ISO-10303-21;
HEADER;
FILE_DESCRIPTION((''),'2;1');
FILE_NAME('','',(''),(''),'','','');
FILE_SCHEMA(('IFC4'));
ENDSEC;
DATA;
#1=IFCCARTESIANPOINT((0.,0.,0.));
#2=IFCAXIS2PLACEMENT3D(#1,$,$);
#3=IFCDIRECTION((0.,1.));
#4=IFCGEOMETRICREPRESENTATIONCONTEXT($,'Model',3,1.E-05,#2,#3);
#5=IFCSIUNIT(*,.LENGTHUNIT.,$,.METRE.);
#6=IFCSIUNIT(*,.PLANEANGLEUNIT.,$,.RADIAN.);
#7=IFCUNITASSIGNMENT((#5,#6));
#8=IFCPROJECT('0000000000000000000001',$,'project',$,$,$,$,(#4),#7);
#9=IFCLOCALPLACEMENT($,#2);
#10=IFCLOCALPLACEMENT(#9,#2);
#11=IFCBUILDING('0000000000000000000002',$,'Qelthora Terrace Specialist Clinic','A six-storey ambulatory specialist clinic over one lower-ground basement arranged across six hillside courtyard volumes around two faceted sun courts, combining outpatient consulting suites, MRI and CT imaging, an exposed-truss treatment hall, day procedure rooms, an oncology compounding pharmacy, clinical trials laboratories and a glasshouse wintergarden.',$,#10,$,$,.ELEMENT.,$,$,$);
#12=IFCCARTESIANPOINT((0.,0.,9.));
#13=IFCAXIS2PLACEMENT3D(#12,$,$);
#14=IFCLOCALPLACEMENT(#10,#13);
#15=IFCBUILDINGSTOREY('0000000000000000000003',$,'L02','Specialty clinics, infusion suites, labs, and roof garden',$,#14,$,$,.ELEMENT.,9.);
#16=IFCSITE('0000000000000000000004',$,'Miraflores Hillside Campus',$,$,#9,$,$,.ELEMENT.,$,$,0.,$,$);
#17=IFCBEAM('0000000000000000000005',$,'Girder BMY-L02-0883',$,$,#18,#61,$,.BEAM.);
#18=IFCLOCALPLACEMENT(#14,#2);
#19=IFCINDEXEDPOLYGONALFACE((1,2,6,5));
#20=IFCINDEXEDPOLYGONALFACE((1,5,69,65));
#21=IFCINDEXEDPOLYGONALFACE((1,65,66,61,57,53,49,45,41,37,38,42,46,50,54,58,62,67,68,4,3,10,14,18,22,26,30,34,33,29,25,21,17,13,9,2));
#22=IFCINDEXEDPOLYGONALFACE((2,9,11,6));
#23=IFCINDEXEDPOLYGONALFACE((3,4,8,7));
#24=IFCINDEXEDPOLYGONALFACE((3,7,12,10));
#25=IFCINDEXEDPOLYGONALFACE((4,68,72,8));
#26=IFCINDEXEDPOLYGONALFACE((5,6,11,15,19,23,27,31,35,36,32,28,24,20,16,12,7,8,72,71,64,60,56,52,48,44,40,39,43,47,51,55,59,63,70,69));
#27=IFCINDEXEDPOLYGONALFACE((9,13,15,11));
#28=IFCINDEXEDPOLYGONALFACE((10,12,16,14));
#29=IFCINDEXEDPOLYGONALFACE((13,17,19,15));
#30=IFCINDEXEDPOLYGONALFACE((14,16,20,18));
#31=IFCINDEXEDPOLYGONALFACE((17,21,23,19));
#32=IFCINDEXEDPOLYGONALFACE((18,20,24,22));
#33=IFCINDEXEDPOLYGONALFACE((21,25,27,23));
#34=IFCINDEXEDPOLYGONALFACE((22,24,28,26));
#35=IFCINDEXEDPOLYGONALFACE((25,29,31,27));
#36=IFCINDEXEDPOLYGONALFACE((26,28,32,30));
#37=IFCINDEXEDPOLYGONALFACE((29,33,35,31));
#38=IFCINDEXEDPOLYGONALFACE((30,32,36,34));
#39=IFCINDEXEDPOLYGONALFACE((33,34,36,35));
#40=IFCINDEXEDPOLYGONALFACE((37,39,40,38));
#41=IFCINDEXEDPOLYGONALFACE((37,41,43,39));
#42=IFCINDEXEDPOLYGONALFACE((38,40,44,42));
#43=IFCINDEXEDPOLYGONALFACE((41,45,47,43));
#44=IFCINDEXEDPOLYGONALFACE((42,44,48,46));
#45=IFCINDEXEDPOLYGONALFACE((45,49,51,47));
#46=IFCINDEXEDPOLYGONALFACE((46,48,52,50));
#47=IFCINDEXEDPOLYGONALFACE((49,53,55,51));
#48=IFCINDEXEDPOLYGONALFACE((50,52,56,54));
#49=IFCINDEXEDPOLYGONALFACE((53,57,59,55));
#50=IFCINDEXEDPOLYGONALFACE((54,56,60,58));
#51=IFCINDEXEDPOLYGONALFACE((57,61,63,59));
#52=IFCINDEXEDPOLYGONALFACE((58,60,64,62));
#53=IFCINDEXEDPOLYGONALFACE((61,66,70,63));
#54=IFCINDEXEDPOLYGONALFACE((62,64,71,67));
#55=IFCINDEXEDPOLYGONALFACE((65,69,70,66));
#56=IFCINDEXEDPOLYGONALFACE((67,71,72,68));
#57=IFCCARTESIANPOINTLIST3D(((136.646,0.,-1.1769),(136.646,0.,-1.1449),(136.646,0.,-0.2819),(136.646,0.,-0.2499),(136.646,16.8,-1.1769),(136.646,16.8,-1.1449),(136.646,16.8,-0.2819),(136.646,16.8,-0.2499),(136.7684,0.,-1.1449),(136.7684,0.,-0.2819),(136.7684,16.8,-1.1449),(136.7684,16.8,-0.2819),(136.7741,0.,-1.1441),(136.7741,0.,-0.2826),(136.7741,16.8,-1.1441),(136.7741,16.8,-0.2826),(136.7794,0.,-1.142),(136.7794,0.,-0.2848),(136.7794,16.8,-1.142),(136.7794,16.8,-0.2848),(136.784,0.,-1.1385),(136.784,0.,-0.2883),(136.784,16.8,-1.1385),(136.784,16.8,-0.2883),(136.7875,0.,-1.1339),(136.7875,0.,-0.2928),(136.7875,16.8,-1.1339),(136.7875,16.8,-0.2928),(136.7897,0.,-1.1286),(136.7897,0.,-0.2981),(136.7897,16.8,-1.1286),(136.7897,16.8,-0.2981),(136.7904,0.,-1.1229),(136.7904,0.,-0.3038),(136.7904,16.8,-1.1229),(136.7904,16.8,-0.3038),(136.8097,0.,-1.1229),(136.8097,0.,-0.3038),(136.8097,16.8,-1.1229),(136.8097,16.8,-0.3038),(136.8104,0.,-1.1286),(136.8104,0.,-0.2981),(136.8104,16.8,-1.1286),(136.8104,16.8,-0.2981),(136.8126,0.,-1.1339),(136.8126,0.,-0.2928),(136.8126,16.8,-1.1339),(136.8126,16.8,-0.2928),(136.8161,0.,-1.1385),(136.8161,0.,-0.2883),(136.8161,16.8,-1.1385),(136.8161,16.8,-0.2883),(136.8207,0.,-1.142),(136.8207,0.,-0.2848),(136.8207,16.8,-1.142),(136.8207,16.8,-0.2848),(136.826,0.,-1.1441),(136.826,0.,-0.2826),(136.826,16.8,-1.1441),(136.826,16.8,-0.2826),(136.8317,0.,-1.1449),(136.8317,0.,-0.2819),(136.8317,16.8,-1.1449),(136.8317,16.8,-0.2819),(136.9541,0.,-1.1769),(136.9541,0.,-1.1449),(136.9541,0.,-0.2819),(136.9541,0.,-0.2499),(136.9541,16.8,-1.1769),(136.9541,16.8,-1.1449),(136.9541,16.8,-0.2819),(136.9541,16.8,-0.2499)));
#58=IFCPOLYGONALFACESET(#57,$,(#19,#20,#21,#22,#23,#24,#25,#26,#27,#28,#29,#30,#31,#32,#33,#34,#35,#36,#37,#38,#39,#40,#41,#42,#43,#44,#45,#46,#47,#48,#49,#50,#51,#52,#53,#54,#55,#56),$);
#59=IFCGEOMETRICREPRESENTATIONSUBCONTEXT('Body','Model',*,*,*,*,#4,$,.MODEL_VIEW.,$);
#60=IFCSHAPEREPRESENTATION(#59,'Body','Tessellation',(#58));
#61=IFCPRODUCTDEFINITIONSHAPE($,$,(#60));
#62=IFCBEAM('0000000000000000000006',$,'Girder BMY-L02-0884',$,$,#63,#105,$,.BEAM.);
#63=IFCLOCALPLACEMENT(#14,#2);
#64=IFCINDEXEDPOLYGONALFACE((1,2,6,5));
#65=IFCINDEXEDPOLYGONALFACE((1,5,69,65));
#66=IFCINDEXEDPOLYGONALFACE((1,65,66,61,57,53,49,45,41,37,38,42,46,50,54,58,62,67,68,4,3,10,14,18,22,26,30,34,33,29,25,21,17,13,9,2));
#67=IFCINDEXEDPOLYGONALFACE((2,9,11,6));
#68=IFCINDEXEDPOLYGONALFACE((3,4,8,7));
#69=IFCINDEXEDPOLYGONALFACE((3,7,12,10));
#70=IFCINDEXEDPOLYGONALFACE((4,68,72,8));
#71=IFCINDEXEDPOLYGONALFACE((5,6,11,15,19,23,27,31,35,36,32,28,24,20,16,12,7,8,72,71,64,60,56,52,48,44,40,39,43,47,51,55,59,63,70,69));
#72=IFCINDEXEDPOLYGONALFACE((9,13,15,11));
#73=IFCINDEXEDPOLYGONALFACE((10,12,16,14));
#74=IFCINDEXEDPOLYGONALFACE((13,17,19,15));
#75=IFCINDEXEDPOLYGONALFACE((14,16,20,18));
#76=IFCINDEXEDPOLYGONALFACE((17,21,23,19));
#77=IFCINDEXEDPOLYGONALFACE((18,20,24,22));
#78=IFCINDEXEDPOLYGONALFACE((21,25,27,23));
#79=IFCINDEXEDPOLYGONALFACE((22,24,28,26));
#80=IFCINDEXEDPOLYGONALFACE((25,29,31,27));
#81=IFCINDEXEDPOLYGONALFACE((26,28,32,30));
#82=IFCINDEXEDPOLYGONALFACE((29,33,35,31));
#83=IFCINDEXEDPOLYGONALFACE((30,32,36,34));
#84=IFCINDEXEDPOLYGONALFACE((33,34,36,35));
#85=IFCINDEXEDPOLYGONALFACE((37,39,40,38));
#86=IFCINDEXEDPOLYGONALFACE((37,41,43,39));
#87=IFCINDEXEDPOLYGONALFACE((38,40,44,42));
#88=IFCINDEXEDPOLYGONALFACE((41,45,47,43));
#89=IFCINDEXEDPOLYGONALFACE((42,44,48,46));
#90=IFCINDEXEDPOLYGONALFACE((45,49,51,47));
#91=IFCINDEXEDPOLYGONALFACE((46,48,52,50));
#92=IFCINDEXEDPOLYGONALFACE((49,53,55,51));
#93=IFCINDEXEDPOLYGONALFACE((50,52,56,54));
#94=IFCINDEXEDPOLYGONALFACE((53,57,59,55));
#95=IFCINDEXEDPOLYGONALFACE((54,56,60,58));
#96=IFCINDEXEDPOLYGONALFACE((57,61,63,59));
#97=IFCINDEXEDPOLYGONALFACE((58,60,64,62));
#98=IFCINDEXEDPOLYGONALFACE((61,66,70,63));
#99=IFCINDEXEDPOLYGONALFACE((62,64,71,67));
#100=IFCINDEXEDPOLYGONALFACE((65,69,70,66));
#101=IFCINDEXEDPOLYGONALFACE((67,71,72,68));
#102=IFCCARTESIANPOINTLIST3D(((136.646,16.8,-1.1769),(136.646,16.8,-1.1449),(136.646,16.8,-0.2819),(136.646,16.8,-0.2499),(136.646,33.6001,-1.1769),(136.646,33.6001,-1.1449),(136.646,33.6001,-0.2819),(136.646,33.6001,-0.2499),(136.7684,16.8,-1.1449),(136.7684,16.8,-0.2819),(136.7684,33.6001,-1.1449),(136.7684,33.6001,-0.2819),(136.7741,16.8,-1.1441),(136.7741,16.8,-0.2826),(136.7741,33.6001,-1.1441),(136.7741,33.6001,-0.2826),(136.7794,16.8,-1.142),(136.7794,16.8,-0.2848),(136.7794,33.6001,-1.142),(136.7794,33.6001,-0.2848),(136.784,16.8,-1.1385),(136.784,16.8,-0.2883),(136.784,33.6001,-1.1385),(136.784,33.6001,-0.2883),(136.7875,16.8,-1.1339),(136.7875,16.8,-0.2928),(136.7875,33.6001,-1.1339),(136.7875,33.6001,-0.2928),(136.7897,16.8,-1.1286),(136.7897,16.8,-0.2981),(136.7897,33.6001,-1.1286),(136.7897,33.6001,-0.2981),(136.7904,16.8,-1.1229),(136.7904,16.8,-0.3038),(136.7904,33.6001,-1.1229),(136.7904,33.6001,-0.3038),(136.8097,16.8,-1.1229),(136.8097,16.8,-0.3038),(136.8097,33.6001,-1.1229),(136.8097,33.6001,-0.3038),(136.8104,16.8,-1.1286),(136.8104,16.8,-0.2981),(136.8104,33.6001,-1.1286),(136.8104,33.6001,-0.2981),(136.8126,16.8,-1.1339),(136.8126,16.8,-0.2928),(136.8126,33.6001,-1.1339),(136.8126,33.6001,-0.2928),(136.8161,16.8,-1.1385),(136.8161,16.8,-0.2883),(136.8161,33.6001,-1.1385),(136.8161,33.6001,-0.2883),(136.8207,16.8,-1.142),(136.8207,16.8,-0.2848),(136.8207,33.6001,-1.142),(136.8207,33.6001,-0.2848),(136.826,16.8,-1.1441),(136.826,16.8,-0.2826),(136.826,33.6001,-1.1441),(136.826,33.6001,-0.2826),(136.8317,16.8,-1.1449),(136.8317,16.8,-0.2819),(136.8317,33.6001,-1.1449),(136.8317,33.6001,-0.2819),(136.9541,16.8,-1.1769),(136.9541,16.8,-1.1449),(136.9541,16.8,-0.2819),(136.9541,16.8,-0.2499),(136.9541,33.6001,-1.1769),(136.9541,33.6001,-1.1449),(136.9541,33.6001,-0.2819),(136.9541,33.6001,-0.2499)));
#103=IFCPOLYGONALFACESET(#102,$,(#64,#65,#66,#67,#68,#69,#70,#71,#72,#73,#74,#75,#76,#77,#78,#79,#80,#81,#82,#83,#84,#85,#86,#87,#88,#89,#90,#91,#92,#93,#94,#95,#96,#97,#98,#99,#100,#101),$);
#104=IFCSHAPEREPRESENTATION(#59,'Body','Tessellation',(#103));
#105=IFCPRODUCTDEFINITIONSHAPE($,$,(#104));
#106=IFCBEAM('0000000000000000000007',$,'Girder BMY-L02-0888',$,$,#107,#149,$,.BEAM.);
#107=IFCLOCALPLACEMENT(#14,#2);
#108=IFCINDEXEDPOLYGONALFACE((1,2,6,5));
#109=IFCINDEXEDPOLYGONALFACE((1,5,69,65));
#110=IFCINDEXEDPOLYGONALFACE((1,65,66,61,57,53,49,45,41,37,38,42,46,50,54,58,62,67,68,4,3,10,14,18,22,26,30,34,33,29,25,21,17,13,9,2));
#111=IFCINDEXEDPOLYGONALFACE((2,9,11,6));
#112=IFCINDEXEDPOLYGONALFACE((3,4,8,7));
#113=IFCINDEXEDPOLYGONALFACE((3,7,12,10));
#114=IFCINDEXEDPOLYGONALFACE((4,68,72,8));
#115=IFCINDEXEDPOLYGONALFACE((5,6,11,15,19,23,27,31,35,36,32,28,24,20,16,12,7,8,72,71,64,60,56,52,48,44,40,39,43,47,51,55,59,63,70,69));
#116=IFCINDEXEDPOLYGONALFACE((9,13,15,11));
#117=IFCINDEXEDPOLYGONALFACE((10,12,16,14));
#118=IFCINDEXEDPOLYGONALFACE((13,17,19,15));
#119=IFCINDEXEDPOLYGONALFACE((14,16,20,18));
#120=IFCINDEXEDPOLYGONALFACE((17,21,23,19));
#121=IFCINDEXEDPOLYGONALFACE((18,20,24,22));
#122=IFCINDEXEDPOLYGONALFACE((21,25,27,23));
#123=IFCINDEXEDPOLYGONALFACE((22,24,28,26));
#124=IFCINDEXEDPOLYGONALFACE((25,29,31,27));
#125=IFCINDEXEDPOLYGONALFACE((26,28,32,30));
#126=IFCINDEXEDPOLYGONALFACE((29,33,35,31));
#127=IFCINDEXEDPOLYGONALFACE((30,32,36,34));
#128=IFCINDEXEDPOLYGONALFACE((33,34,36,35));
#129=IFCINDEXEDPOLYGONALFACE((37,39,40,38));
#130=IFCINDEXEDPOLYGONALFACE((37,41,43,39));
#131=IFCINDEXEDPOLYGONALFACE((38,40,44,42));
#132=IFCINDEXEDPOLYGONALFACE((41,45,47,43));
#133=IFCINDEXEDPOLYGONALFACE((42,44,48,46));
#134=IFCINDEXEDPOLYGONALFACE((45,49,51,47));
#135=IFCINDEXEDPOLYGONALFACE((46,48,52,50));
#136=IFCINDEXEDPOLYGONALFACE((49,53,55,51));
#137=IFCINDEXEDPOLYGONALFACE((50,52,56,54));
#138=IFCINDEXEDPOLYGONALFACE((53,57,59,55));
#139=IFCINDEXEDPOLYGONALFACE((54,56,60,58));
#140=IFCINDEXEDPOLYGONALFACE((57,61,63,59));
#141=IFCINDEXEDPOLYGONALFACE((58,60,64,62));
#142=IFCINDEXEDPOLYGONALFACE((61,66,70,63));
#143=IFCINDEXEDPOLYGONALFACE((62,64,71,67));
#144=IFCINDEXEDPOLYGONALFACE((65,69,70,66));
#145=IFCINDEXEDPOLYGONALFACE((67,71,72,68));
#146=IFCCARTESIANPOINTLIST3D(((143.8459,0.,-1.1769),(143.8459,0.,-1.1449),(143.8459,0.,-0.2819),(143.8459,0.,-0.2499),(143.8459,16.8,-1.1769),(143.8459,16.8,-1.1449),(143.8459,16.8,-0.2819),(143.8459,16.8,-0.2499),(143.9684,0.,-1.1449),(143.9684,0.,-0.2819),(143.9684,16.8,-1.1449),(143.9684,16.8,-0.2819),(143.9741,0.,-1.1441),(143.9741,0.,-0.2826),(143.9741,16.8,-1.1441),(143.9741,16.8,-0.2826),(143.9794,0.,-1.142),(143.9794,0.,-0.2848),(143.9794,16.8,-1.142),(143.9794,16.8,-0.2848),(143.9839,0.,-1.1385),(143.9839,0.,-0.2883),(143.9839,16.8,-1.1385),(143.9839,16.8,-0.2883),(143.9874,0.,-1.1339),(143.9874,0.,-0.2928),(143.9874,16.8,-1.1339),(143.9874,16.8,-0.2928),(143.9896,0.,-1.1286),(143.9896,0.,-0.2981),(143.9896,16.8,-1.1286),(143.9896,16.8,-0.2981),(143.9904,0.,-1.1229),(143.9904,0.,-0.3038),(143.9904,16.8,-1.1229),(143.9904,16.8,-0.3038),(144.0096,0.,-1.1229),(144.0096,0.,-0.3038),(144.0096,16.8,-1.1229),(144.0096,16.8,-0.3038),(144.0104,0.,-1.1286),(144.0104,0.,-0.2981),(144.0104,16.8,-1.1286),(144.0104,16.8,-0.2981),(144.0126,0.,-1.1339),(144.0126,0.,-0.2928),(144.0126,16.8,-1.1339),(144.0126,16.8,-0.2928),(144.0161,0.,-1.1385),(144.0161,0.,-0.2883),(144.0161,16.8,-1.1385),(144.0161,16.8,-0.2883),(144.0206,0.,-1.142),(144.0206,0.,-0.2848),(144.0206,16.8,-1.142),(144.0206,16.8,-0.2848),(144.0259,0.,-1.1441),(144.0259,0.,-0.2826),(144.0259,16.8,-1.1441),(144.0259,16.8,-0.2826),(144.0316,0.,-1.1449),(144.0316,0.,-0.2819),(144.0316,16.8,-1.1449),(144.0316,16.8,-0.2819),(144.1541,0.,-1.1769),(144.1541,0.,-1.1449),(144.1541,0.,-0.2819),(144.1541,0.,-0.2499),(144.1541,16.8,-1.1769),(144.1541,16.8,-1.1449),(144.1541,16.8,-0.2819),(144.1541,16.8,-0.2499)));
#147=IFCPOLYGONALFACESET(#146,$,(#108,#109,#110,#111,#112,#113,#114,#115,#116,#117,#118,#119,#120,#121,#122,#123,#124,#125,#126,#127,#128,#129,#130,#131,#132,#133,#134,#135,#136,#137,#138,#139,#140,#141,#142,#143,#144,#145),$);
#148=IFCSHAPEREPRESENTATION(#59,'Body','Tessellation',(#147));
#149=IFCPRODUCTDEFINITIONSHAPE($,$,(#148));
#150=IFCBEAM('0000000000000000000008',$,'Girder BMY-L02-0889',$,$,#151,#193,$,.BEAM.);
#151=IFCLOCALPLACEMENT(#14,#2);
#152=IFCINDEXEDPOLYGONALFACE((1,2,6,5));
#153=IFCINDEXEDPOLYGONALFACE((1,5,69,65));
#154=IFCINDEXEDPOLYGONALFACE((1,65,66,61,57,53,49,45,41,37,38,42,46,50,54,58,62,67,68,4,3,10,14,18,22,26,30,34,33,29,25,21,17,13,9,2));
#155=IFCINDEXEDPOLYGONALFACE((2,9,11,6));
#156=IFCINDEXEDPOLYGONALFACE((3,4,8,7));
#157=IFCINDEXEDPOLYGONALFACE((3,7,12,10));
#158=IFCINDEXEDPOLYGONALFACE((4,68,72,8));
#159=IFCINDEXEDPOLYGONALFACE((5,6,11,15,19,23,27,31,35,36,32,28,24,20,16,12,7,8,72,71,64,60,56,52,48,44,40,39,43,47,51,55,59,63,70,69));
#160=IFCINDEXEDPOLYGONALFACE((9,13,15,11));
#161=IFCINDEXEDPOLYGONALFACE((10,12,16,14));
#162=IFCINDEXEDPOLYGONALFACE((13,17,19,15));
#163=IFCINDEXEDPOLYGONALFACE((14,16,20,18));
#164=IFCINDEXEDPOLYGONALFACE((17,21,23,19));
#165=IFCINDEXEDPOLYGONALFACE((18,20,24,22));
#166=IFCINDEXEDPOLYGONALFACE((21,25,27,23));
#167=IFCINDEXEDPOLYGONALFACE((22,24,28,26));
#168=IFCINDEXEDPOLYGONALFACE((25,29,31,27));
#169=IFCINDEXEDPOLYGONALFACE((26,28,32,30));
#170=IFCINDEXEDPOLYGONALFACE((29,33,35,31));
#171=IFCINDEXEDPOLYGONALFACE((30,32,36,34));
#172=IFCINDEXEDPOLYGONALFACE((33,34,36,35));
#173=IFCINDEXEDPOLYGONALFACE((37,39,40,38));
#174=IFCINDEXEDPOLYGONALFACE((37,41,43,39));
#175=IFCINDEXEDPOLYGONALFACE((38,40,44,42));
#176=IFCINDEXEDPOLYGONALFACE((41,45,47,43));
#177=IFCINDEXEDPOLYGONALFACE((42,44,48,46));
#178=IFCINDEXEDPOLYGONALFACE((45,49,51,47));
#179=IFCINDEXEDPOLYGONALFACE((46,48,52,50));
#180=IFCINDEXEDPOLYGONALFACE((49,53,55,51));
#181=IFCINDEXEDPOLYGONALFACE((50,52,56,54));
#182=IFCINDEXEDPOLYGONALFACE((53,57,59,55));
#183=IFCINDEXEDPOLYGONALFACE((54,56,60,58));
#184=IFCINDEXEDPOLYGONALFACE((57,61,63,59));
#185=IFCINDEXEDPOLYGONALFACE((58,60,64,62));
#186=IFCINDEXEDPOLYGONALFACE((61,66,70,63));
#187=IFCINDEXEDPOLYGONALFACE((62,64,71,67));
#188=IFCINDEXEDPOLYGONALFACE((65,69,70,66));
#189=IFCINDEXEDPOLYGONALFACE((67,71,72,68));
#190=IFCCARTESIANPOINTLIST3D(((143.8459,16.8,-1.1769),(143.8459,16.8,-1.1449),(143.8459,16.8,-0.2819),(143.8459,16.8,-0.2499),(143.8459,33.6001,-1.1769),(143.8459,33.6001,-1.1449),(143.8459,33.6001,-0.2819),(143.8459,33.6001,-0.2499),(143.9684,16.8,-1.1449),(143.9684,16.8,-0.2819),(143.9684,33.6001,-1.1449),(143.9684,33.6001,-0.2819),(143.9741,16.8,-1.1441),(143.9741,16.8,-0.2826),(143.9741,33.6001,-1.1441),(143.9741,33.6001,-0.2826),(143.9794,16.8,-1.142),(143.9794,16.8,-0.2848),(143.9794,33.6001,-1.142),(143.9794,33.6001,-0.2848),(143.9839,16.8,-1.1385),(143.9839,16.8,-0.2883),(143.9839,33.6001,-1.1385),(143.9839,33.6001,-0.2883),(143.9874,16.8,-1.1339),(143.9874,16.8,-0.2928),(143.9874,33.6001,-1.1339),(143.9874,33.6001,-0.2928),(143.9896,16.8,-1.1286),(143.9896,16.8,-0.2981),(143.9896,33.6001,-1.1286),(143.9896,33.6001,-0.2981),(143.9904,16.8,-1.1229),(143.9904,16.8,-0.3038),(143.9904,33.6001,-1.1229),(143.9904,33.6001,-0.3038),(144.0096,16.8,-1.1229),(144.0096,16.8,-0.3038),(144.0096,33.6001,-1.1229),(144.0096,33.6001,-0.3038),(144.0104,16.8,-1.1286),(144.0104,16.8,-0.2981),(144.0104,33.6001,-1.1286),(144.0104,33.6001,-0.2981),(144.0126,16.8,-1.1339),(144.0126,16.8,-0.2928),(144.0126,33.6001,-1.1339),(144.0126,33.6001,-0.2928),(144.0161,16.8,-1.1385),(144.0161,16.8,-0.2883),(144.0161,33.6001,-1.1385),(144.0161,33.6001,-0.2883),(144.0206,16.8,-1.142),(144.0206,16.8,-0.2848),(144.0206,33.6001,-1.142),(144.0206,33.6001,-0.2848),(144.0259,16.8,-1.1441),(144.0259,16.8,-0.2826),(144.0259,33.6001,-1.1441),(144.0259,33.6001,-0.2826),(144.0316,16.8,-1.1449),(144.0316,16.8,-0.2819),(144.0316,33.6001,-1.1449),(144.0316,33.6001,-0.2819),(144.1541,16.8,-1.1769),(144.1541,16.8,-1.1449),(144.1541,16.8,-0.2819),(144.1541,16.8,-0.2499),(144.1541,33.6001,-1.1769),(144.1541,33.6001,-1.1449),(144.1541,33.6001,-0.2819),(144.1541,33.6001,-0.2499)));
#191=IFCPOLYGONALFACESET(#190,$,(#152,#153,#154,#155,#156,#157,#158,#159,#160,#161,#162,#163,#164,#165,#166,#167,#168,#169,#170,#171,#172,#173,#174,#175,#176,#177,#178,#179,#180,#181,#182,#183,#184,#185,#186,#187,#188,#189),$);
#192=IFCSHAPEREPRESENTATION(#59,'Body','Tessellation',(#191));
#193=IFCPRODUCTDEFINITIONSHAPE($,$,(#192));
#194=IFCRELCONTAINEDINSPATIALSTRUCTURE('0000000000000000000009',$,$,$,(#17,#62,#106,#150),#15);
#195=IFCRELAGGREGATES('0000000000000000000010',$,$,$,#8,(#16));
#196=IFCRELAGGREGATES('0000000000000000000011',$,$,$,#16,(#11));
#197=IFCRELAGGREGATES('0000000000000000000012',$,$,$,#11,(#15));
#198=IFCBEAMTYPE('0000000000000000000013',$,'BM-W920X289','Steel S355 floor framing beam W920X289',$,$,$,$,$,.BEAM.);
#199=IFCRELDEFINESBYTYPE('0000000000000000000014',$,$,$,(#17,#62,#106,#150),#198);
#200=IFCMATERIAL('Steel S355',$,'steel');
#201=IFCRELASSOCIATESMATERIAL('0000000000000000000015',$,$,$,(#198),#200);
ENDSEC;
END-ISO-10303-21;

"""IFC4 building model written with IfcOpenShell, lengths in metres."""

from ifc_helpers import new_model, si_unit, direction, frame, origin, origin_2d, place, context, subcontext, project, spatial, i_section, extrude, material, material_profile, profile_set, type_object, element, save


model = new_model("IFC4")

# Units and contexts
model_context = context("Model", 3, precision=1e-05, world=origin(), true_north=direction((0.0, 1.0)))
body_context = subcontext(model_context, "Body", "Model", "MODEL_VIEW")
ifc_project = project(units=[si_unit("LENGTHUNIT", "METRE"), si_unit("PLANEANGLEUNIT", "RADIAN")], contexts=[model_context])

# Site, building, storey
site_placement = place(None, origin())
site = spatial("IfcSite", under=ifc_project, at=site_placement, Name="Miraflores Hillside Campus", CompositionType="ELEMENT", RefElevation=0.0)
building_placement = place(site_placement, origin())
building = spatial("IfcBuilding", under=site, at=building_placement, Name="Qelthora Terrace Specialist Clinic", Description="A six-storey ambulatory specialist clinic over one lower-ground basement arranged across six hillside courtyard volumes around two faceted sun courts, combining outpatient consulting suites, MRI and CT imaging, an exposed-truss treatment hall, day procedure rooms, an oncology compounding pharmacy, clinical trials laboratories and a glasshouse wintergarden.", CompositionType="ELEMENT")
storey_placement = place(building_placement, frame((0.0, 0.0, 9.0)))
storey = spatial("IfcBuildingStorey", under=building, at=storey_placement, Name="L02", Description="Specialty clinics, infusion suites, labs, and roof garden", CompositionType="ELEMENT", Elevation=9.0)

# Beams
ifc_material_1 = material(Name="Steel S355", Category="steel")
ifc_material_profile_1 = material_profile(ifc_material_1, i_section(OverallWidth=0.3081, OverallDepth=0.927, WebThickness=0.0193, FlangeThickness=0.032, FilletRadius=0.022, at=origin_2d()), Name="W920X289")
ifc_profile_set_1 = profile_set([ifc_material_profile_1], Name="Steel S355")
beam_type_1 = type_object("IfcBeamType", Name="BM-W920X289", Description="Steel S355 floor framing beam W920X289", PredefinedType="BEAM", material=ifc_profile_set_1)
for number, where, z_axis, x_axis, name in (
    (1, (136.8, 0.0, -0.7134), (0.0, 1.0, 0.0), (-1.0, 0.0, 0.0), "Girder BMY-L02-0883"),
    (2, (136.8, 16.8, -0.7134), (0.0, 1.0, 0.0), (-1.0, 0.0, 0.0), "Girder BMY-L02-0884"),
    (3, (144.0, 0.0, -0.7134), (0.0, 1.0, 0.0), (-1.0, 0.0, 0.0), "Girder BMY-L02-0888"),
    (4, (144.0, 16.8, -0.7134), (0.0, 1.0, 0.0), (-1.0, 0.0, 0.0), "Girder BMY-L02-0889"),
):
    element("IfcBeam", number, at=place(storey_placement, frame(where, z_axis=z_axis, x_axis=x_axis)), inside=storey, type_object=beam_type_1, Name=name, PredefinedType="BEAM", context=body_context, shape_type="SweptSolid", body=[
        extrude(i_section(OverallWidth=0.3081, OverallDepth=0.927, WebThickness=0.0193, FlangeThickness=0.032, FilletRadius=0.022, at=origin_2d()), origin(), (0.0, 0.0, 1.0), 16.8),
    ])

save(model, "model.ifc")
